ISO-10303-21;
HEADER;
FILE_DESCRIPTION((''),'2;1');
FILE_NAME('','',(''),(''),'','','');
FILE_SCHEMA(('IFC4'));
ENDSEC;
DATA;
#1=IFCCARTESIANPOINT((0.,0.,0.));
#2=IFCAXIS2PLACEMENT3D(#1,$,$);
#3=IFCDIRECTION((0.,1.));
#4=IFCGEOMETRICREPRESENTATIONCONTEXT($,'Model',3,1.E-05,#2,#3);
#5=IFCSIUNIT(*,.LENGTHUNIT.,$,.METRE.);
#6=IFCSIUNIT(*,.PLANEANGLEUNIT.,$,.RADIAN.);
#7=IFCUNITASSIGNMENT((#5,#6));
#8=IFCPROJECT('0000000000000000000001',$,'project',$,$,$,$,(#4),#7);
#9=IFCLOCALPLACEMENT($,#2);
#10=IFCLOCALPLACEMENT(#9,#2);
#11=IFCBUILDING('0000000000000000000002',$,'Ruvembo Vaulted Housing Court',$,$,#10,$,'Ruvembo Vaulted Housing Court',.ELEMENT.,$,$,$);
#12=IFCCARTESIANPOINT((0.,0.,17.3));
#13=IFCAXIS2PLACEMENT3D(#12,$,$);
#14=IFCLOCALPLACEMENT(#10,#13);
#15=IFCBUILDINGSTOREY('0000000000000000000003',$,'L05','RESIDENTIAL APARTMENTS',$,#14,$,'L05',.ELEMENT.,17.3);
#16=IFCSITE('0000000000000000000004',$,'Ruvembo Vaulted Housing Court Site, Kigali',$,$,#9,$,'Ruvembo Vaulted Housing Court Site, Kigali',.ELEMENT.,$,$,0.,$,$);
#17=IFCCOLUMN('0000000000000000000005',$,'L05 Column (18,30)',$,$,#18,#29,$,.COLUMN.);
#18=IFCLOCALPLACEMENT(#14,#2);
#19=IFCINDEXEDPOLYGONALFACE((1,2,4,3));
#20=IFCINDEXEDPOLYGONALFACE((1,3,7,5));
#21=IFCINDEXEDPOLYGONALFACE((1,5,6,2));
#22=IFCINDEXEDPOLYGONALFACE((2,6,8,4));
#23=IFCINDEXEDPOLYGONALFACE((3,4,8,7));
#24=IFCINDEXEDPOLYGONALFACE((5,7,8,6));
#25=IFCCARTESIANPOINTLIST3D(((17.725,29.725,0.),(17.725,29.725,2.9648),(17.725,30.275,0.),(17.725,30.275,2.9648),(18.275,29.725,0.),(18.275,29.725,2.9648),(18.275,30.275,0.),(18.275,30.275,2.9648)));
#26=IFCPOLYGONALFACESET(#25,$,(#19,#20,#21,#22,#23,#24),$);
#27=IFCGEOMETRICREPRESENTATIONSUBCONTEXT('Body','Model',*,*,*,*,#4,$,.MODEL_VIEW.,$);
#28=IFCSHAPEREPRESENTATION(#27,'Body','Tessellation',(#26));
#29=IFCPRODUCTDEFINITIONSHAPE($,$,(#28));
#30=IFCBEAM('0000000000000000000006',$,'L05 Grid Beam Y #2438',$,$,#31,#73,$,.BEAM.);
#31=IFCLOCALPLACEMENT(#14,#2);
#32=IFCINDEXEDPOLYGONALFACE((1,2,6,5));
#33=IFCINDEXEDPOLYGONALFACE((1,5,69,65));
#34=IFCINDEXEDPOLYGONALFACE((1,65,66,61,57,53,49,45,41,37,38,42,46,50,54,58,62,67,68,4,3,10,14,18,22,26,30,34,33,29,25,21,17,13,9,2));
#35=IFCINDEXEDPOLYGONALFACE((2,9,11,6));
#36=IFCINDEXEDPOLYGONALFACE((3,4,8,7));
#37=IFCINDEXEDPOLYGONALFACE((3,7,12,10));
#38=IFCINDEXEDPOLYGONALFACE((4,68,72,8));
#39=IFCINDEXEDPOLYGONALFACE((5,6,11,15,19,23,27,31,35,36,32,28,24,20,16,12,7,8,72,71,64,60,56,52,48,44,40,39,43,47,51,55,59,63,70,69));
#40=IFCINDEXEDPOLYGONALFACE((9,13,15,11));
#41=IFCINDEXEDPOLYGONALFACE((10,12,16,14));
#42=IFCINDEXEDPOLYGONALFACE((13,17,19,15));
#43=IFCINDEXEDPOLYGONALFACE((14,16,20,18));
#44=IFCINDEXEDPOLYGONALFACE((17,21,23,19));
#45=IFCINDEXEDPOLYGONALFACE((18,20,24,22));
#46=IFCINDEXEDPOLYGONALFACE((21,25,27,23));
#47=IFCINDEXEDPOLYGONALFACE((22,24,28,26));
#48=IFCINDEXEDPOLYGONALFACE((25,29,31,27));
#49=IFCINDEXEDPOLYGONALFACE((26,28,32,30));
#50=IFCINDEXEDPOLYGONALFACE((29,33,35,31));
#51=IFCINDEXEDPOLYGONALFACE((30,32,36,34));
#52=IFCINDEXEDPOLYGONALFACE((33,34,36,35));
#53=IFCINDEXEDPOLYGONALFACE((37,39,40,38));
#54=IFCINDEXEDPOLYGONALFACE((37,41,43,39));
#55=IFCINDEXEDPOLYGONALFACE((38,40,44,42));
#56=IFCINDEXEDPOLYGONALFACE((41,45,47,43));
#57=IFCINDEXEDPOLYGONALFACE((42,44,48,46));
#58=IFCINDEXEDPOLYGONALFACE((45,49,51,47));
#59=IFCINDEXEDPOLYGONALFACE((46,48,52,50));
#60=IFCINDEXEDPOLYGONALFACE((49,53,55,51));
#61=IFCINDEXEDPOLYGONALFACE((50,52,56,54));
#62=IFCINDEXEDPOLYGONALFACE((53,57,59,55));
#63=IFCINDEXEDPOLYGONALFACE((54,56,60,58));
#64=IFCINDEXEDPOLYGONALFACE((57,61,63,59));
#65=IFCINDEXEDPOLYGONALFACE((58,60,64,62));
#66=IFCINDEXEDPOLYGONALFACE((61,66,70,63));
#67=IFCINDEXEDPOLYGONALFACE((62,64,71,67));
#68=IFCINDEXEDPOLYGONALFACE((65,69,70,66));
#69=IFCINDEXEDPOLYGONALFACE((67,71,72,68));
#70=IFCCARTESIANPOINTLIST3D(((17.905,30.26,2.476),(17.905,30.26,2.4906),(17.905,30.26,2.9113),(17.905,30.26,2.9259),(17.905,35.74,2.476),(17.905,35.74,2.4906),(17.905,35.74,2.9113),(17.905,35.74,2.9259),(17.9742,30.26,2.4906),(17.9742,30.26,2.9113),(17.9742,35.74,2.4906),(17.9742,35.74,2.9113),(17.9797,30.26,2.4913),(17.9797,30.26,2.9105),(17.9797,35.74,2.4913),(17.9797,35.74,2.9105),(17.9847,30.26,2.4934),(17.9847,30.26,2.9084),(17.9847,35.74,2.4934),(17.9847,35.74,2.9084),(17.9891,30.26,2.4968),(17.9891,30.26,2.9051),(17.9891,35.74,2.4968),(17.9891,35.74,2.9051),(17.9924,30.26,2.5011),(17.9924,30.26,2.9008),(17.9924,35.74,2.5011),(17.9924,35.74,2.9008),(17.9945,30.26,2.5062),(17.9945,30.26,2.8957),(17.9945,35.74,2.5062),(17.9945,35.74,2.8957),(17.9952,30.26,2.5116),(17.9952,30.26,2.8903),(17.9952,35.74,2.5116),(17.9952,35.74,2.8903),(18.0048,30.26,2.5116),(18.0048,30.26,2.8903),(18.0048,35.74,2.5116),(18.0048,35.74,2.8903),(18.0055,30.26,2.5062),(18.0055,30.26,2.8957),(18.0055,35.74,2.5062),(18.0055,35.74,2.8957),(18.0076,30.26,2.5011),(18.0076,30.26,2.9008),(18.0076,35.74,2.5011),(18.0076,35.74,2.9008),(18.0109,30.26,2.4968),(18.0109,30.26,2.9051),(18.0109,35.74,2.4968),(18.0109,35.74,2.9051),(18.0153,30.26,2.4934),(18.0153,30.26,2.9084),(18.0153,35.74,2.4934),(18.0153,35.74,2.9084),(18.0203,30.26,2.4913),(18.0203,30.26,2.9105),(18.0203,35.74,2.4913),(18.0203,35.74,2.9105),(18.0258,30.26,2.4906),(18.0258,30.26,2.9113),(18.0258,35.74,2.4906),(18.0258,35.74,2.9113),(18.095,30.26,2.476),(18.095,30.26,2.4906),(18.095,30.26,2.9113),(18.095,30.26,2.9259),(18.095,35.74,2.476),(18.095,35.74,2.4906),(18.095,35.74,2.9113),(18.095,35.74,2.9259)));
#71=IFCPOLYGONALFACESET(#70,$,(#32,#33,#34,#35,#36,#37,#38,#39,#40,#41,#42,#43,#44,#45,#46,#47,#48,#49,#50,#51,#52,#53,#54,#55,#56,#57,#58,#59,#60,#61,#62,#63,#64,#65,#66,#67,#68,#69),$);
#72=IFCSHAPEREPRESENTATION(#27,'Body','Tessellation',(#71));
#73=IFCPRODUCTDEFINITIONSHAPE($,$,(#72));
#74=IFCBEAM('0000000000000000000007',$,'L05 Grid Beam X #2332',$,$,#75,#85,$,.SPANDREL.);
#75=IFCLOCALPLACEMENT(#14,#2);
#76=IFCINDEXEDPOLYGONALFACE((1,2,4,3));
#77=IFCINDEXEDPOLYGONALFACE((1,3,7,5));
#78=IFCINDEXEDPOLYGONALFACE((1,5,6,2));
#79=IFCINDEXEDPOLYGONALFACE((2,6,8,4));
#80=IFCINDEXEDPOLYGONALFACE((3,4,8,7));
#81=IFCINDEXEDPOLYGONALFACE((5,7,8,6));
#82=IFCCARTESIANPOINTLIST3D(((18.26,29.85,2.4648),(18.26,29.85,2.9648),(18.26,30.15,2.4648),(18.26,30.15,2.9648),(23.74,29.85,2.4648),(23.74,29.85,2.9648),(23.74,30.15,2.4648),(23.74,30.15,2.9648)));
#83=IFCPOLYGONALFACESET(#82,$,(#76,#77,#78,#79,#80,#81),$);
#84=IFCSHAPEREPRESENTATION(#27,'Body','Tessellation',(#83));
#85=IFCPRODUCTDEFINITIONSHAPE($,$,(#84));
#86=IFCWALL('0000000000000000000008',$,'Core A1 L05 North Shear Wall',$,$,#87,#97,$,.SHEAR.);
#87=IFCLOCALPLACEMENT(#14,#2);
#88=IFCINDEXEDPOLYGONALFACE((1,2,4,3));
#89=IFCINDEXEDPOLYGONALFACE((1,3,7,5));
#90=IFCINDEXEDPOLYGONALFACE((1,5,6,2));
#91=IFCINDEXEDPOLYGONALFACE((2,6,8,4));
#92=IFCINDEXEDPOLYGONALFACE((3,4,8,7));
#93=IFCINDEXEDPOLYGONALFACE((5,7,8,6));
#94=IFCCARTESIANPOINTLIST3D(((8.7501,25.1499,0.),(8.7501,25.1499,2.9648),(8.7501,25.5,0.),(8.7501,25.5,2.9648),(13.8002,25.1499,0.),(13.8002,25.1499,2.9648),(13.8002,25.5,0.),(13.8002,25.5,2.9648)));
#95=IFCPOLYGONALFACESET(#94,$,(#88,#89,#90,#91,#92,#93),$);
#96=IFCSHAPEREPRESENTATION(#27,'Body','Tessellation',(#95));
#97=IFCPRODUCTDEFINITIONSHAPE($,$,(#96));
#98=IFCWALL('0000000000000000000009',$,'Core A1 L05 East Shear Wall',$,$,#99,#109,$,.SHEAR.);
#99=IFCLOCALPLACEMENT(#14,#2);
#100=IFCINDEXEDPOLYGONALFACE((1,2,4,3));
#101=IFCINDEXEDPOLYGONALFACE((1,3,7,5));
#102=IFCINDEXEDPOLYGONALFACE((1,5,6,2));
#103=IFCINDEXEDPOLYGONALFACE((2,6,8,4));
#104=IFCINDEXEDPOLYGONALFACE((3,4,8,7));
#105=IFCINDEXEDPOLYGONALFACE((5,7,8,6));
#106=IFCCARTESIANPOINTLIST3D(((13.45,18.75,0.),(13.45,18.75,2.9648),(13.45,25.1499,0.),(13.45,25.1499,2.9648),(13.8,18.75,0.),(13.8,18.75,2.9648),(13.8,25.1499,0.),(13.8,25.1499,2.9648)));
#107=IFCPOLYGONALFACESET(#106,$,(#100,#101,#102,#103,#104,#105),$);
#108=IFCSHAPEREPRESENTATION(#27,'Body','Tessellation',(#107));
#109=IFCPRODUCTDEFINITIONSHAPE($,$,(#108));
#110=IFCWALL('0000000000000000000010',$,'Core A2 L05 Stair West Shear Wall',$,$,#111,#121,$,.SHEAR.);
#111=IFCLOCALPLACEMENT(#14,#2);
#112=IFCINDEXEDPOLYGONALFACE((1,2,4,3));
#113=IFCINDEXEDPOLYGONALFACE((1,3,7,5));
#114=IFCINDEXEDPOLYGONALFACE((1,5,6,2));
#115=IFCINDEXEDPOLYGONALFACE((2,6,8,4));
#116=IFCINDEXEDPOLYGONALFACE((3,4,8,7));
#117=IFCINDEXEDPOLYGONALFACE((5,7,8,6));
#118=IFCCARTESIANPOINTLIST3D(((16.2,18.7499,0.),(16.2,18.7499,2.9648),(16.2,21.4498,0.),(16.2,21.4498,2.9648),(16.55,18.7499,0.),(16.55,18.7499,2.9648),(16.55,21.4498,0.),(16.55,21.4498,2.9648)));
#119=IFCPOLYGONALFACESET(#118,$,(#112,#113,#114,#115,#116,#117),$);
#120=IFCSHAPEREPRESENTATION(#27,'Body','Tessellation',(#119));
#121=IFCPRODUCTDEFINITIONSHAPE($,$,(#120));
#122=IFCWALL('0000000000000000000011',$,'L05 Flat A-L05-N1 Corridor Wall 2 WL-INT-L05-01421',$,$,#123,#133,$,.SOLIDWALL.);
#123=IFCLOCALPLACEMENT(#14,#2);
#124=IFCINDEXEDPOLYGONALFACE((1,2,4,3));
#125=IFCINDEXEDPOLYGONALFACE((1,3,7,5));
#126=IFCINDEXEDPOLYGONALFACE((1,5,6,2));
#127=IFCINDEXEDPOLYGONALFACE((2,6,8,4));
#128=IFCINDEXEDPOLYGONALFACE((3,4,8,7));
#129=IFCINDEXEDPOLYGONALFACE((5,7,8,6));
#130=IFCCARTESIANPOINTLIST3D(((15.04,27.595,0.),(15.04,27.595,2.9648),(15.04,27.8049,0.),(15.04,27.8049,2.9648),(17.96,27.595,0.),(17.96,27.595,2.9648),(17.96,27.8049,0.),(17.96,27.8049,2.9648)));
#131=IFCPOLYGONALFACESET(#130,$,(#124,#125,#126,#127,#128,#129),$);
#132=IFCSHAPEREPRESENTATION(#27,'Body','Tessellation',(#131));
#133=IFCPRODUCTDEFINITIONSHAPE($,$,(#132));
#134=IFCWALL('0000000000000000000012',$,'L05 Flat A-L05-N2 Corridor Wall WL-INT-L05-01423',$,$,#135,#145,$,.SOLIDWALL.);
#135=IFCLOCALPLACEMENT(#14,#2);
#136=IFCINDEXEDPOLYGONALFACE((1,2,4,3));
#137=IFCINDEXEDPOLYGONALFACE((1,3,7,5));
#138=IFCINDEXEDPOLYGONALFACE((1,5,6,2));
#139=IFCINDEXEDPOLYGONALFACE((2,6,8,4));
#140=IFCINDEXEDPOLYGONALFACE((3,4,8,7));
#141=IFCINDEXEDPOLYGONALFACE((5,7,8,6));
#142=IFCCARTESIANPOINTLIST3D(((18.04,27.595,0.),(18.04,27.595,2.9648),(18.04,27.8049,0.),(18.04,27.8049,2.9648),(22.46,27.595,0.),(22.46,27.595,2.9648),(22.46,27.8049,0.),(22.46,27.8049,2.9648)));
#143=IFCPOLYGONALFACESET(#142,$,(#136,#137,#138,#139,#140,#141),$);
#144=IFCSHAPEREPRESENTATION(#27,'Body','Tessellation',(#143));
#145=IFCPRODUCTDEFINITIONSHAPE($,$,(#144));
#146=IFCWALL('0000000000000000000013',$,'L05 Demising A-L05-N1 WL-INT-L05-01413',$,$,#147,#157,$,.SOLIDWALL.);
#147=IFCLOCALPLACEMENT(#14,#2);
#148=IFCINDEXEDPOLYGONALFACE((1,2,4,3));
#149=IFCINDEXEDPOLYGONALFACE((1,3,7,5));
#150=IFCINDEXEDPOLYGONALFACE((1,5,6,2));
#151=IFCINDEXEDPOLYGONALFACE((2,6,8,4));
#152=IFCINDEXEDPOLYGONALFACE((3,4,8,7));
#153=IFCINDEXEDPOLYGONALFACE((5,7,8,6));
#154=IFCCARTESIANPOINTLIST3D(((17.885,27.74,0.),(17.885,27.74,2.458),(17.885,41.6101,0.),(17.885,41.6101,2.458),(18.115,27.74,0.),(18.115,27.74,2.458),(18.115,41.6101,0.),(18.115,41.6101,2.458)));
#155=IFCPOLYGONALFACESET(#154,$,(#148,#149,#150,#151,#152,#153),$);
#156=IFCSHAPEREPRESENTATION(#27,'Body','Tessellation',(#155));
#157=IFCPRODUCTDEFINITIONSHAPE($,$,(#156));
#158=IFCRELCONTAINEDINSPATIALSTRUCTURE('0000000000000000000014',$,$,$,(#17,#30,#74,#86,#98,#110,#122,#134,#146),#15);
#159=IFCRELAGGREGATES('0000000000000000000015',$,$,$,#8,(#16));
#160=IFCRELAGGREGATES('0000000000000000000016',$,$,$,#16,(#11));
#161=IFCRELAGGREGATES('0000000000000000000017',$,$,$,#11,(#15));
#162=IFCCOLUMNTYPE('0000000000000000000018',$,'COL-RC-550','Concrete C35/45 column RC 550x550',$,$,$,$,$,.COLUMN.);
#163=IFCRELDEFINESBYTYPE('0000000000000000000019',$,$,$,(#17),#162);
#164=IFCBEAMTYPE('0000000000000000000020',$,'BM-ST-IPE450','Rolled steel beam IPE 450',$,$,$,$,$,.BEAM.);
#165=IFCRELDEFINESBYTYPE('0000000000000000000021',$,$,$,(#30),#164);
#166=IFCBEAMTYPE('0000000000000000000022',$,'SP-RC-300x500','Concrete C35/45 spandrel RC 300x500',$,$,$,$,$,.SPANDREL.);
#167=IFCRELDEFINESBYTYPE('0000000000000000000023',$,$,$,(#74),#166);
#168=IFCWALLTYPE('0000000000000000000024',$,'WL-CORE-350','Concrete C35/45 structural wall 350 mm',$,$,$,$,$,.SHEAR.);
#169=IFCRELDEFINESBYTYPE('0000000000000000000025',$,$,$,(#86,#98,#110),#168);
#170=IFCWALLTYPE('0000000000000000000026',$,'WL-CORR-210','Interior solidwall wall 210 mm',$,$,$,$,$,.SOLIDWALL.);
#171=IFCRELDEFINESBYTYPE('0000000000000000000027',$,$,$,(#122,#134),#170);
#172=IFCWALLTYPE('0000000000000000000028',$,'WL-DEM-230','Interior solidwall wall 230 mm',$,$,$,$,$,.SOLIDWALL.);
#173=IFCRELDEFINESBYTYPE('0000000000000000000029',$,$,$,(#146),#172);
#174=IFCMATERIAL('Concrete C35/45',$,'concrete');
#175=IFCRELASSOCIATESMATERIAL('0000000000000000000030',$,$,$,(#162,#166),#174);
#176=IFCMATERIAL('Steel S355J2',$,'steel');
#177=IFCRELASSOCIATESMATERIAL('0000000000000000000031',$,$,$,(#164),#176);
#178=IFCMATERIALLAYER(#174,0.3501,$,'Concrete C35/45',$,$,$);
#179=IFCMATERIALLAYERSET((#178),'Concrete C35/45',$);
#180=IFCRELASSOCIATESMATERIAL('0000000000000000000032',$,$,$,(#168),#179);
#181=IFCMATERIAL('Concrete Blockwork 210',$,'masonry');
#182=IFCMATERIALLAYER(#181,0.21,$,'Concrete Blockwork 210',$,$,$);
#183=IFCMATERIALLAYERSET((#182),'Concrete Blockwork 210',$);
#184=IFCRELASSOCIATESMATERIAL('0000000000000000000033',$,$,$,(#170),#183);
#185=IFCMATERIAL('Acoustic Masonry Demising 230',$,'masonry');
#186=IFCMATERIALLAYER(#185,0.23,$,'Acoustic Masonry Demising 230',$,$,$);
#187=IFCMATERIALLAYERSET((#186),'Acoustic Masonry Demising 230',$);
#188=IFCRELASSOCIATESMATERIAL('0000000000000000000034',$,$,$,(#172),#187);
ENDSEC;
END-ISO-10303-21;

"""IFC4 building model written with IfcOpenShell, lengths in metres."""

from ifc_helpers import new_model, si_unit, direction, frame, frame_2d, origin, origin_2d, place, context, subcontext, project, spatial, rectangle, i_section, extrude, material, layer, layer_set, material_profile, profile_set, type_object, element, save


model = new_model("IFC4")

# Units and contexts
model_context = context("Model", 3, precision=1e-05, world=origin(), true_north=direction((0.0, 1.0)))
body_context = subcontext(model_context, "Body", "Model", "MODEL_VIEW")
ifc_project = project(units=[si_unit("LENGTHUNIT", "METRE"), si_unit("PLANEANGLEUNIT", "RADIAN")], contexts=[model_context])

# Site, building, storey
site_placement = place(None, origin())
site = spatial("IfcSite", under=ifc_project, at=site_placement, Name="Ruvembo Vaulted Housing Court Site, Kigali", LongName="Ruvembo Vaulted Housing Court Site, Kigali", CompositionType="ELEMENT", RefElevation=0.0)
building_placement = place(site_placement, origin())
building = spatial("IfcBuilding", under=site, at=building_placement, Name="Ruvembo Vaulted Housing Court", LongName="Ruvembo Vaulted Housing Court", CompositionType="ELEMENT")
storey_placement = place(building_placement, frame((0.0, 0.0, 17.3)))
storey = spatial("IfcBuildingStorey", under=building, at=storey_placement, Name="L05", Description="RESIDENTIAL APARTMENTS", LongName="L05", CompositionType="ELEMENT", Elevation=17.3)

# Column
ifc_material_1 = material(Name="Concrete C35/45", Category="concrete")
ifc_material_profile_1 = material_profile(ifc_material_1, rectangle(XDim=0.55, YDim=0.55, at=origin_2d()), Name="RC 550x550")
ifc_profile_set_1 = profile_set([ifc_material_profile_1], Name="Concrete C35/45")
column_type = type_object("IfcColumnType", Name="COL-RC-550", Description="Concrete C35/45 column RC 550x550", PredefinedType="COLUMN", material=ifc_profile_set_1)
column_placement = place(storey_placement, frame((18.0, 30.0, 0.0), z_axis=(0.0, 0.0, 1.0), x_axis=(1.0, 0.0, 0.0)))
element("IfcColumn", 1, at=column_placement, inside=storey, type_object=column_type, Name="L05 Column (18,30)", PredefinedType="COLUMN", context=body_context, shape_type="SweptSolid", body=[
    extrude(rectangle(XDim=0.55, YDim=0.55, at=origin_2d()), origin(), (0.0, 0.0, 1.0), 2.9648),
])

# Beams
ifc_material_2 = material(Name="Steel S355J2", Category="steel")
ifc_material_profile_2 = material_profile(ifc_material_2, i_section(OverallWidth=0.1899, OverallDepth=0.45, WebThickness=0.0095, FlangeThickness=0.0146, FilletRadius=0.021, at=origin_2d()), Name="IPE 450")
ifc_profile_set_2 = profile_set([ifc_material_profile_2], Name="Steel S355J2")
beam_type_1 = type_object("IfcBeamType", Name="BM-ST-IPE450", Description="Rolled steel beam IPE 450", PredefinedType="BEAM", material=ifc_profile_set_2)
beam_1_placement = place(storey_placement, frame((18.0, 30.26, 2.7009), z_axis=(0.0, 1.0, 0.0), x_axis=(-1.0, 0.0, 0.0)))
element("IfcBeam", 2, at=beam_1_placement, inside=storey, type_object=beam_type_1, Name="L05 Grid Beam Y #2438", PredefinedType="BEAM", context=body_context, shape_type="SweptSolid", body=[
    extrude(i_section(OverallWidth=0.1899, OverallDepth=0.45, WebThickness=0.0095, FlangeThickness=0.0146, FilletRadius=0.021, at=origin_2d()), origin(), (0.0, 0.0, 1.0), 5.48),
])
ifc_material_profile_3 = material_profile(ifc_material_1, rectangle(XDim=0.3, YDim=0.5, at=origin_2d()), Name="RC 300x500")
ifc_profile_set_3 = profile_set([ifc_material_profile_3], Name="Concrete C35/45")
beam_type_2 = type_object("IfcBeamType", Name="SP-RC-300x500", Description="Concrete C35/45 spandrel RC 300x500", PredefinedType="SPANDREL", material=ifc_profile_set_3)
beam_2_placement = place(storey_placement, frame((18.26, 30.0, 2.7148), z_axis=(1.0, 0.0, 0.0), x_axis=(0.0, 1.0, 0.0)))
element("IfcBeam", 3, at=beam_2_placement, inside=storey, type_object=beam_type_2, Name="L05 Grid Beam X #2332", PredefinedType="SPANDREL", context=body_context, shape_type="SweptSolid", body=[
    extrude(rectangle(XDim=0.3, YDim=0.5, at=origin_2d()), origin(), (0.0, 0.0, 1.0), 5.48),
])

# Walls
ifc_layer_1 = layer(ifc_material_1, 0.3501, Name="Concrete C35/45")
ifc_layer_set_1 = layer_set([ifc_layer_1], Name="Concrete C35/45")
wall_type_1 = type_object("IfcWallType", Name="WL-CORE-350", Description="Concrete C35/45 structural wall 350 mm", PredefinedType="SHEAR", material=ifc_layer_set_1)
wall_1_placement = place(storey_placement, frame((13.8, 25.325, 0.0), z_axis=(0.0, 0.0, 1.0), x_axis=(-1.0, 0.0, 0.0)))
element("IfcWall", 4, at=wall_1_placement, inside=storey, type_object=wall_type_1, Name="Core A1 L05 North Shear Wall", PredefinedType="SHEAR", context=body_context, shape_type="SweptSolid", body=[
    extrude(rectangle(XDim=5.05, YDim=0.3501, at=frame_2d((2.5249, 0.0))), origin(), (0.0, 0.0, 1.0), 2.9648),
])
wall_2_placement = place(storey_placement, frame((13.625, 18.75, 0.0), z_axis=(0.0, 0.0, 1.0), x_axis=(0.0, 1.0, 0.0)))
element("IfcWall", 5, at=wall_2_placement, inside=storey, type_object=wall_type_1, Name="Core A1 L05 East Shear Wall", PredefinedType="SHEAR", context=body_context, shape_type="SweptSolid", body=[
    extrude(rectangle(XDim=6.3999, YDim=0.3501, at=frame_2d((3.2, 0.0))), origin(), (0.0, 0.0, 1.0), 2.9648),
])

# Walls
wall_3_placement = place(storey_placement, frame((16.375, 21.45, 0.0), z_axis=(0.0, 0.0, 1.0), x_axis=(0.0, -1.0, 0.0)))
element("IfcWall", 6, at=wall_3_placement, inside=storey, type_object=wall_type_1, Name="Core A2 L05 Stair West Shear Wall", PredefinedType="SHEAR", context=body_context, shape_type="SweptSolid", body=[
    extrude(rectangle(XDim=2.7, YDim=0.3501, at=frame_2d((1.3501, 0.0))), origin(), (0.0, 0.0, 1.0), 2.9648),
])
ifc_material_3 = material(Name="Concrete Blockwork 210", Category="masonry")
ifc_layer_2 = layer(ifc_material_3, 0.21, Name="Concrete Blockwork 210")
ifc_layer_set_2 = layer_set([ifc_layer_2], Name="Concrete Blockwork 210")
wall_type_2 = type_object("IfcWallType", Name="WL-CORR-210", Description="Interior solidwall wall 210 mm", PredefinedType="SOLIDWALL", material=ifc_layer_set_2)
wall_4_placement = place(storey_placement, frame((15.04, 27.7, 0.0), z_axis=(0.0, 0.0, 1.0), x_axis=(1.0, 0.0, 0.0)))
element("IfcWall", 7, at=wall_4_placement, inside=storey, type_object=wall_type_2, Name="L05 Flat A-L05-N1 Corridor Wall 2 WL-INT-L05-01421", PredefinedType="SOLIDWALL", context=body_context, shape_type="SweptSolid", body=[
    extrude(rectangle(XDim=2.9199, YDim=0.21, at=frame_2d((1.46, 0.0))), origin(), (0.0, 0.0, 1.0), 2.9648),
])
wall_5_placement = place(storey_placement, frame((18.04, 27.7, 0.0), z_axis=(0.0, 0.0, 1.0), x_axis=(1.0, 0.0, 0.0)))
element("IfcWall", 8, at=wall_5_placement, inside=storey, type_object=wall_type_2, Name="L05 Flat A-L05-N2 Corridor Wall WL-INT-L05-01423", PredefinedType="SOLIDWALL", context=body_context, shape_type="SweptSolid", body=[
    extrude(rectangle(XDim=4.4199, YDim=0.21, at=frame_2d((2.21, 0.0))), origin(), (0.0, 0.0, 1.0), 2.9648),
])
ifc_material_4 = material(Name="Acoustic Masonry Demising 230", Category="masonry")
ifc_layer_3 = layer(ifc_material_4, 0.23, Name="Acoustic Masonry Demising 230")
ifc_layer_set_3 = layer_set([ifc_layer_3], Name="Acoustic Masonry Demising 230")
wall_type_3 = type_object("IfcWallType", Name="WL-DEM-230", Description="Interior solidwall wall 230 mm", PredefinedType="SOLIDWALL", material=ifc_layer_set_3)
wall_6_placement = place(storey_placement, frame((18.0, 27.74, 0.0), z_axis=(0.0, 0.0, 1.0), x_axis=(0.0, 1.0, 0.0)))
element("IfcWall", 9, at=wall_6_placement, inside=storey, type_object=wall_type_3, Name="L05 Demising A-L05-N1 WL-INT-L05-01413", PredefinedType="SOLIDWALL", context=body_context, shape_type="SweptSolid", body=[
    extrude(rectangle(XDim=13.8701, YDim=0.23, at=frame_2d((6.9351, 0.0))), origin(), (0.0, 0.0, 1.0), 2.458),
])

save(model, "model.ifc")
